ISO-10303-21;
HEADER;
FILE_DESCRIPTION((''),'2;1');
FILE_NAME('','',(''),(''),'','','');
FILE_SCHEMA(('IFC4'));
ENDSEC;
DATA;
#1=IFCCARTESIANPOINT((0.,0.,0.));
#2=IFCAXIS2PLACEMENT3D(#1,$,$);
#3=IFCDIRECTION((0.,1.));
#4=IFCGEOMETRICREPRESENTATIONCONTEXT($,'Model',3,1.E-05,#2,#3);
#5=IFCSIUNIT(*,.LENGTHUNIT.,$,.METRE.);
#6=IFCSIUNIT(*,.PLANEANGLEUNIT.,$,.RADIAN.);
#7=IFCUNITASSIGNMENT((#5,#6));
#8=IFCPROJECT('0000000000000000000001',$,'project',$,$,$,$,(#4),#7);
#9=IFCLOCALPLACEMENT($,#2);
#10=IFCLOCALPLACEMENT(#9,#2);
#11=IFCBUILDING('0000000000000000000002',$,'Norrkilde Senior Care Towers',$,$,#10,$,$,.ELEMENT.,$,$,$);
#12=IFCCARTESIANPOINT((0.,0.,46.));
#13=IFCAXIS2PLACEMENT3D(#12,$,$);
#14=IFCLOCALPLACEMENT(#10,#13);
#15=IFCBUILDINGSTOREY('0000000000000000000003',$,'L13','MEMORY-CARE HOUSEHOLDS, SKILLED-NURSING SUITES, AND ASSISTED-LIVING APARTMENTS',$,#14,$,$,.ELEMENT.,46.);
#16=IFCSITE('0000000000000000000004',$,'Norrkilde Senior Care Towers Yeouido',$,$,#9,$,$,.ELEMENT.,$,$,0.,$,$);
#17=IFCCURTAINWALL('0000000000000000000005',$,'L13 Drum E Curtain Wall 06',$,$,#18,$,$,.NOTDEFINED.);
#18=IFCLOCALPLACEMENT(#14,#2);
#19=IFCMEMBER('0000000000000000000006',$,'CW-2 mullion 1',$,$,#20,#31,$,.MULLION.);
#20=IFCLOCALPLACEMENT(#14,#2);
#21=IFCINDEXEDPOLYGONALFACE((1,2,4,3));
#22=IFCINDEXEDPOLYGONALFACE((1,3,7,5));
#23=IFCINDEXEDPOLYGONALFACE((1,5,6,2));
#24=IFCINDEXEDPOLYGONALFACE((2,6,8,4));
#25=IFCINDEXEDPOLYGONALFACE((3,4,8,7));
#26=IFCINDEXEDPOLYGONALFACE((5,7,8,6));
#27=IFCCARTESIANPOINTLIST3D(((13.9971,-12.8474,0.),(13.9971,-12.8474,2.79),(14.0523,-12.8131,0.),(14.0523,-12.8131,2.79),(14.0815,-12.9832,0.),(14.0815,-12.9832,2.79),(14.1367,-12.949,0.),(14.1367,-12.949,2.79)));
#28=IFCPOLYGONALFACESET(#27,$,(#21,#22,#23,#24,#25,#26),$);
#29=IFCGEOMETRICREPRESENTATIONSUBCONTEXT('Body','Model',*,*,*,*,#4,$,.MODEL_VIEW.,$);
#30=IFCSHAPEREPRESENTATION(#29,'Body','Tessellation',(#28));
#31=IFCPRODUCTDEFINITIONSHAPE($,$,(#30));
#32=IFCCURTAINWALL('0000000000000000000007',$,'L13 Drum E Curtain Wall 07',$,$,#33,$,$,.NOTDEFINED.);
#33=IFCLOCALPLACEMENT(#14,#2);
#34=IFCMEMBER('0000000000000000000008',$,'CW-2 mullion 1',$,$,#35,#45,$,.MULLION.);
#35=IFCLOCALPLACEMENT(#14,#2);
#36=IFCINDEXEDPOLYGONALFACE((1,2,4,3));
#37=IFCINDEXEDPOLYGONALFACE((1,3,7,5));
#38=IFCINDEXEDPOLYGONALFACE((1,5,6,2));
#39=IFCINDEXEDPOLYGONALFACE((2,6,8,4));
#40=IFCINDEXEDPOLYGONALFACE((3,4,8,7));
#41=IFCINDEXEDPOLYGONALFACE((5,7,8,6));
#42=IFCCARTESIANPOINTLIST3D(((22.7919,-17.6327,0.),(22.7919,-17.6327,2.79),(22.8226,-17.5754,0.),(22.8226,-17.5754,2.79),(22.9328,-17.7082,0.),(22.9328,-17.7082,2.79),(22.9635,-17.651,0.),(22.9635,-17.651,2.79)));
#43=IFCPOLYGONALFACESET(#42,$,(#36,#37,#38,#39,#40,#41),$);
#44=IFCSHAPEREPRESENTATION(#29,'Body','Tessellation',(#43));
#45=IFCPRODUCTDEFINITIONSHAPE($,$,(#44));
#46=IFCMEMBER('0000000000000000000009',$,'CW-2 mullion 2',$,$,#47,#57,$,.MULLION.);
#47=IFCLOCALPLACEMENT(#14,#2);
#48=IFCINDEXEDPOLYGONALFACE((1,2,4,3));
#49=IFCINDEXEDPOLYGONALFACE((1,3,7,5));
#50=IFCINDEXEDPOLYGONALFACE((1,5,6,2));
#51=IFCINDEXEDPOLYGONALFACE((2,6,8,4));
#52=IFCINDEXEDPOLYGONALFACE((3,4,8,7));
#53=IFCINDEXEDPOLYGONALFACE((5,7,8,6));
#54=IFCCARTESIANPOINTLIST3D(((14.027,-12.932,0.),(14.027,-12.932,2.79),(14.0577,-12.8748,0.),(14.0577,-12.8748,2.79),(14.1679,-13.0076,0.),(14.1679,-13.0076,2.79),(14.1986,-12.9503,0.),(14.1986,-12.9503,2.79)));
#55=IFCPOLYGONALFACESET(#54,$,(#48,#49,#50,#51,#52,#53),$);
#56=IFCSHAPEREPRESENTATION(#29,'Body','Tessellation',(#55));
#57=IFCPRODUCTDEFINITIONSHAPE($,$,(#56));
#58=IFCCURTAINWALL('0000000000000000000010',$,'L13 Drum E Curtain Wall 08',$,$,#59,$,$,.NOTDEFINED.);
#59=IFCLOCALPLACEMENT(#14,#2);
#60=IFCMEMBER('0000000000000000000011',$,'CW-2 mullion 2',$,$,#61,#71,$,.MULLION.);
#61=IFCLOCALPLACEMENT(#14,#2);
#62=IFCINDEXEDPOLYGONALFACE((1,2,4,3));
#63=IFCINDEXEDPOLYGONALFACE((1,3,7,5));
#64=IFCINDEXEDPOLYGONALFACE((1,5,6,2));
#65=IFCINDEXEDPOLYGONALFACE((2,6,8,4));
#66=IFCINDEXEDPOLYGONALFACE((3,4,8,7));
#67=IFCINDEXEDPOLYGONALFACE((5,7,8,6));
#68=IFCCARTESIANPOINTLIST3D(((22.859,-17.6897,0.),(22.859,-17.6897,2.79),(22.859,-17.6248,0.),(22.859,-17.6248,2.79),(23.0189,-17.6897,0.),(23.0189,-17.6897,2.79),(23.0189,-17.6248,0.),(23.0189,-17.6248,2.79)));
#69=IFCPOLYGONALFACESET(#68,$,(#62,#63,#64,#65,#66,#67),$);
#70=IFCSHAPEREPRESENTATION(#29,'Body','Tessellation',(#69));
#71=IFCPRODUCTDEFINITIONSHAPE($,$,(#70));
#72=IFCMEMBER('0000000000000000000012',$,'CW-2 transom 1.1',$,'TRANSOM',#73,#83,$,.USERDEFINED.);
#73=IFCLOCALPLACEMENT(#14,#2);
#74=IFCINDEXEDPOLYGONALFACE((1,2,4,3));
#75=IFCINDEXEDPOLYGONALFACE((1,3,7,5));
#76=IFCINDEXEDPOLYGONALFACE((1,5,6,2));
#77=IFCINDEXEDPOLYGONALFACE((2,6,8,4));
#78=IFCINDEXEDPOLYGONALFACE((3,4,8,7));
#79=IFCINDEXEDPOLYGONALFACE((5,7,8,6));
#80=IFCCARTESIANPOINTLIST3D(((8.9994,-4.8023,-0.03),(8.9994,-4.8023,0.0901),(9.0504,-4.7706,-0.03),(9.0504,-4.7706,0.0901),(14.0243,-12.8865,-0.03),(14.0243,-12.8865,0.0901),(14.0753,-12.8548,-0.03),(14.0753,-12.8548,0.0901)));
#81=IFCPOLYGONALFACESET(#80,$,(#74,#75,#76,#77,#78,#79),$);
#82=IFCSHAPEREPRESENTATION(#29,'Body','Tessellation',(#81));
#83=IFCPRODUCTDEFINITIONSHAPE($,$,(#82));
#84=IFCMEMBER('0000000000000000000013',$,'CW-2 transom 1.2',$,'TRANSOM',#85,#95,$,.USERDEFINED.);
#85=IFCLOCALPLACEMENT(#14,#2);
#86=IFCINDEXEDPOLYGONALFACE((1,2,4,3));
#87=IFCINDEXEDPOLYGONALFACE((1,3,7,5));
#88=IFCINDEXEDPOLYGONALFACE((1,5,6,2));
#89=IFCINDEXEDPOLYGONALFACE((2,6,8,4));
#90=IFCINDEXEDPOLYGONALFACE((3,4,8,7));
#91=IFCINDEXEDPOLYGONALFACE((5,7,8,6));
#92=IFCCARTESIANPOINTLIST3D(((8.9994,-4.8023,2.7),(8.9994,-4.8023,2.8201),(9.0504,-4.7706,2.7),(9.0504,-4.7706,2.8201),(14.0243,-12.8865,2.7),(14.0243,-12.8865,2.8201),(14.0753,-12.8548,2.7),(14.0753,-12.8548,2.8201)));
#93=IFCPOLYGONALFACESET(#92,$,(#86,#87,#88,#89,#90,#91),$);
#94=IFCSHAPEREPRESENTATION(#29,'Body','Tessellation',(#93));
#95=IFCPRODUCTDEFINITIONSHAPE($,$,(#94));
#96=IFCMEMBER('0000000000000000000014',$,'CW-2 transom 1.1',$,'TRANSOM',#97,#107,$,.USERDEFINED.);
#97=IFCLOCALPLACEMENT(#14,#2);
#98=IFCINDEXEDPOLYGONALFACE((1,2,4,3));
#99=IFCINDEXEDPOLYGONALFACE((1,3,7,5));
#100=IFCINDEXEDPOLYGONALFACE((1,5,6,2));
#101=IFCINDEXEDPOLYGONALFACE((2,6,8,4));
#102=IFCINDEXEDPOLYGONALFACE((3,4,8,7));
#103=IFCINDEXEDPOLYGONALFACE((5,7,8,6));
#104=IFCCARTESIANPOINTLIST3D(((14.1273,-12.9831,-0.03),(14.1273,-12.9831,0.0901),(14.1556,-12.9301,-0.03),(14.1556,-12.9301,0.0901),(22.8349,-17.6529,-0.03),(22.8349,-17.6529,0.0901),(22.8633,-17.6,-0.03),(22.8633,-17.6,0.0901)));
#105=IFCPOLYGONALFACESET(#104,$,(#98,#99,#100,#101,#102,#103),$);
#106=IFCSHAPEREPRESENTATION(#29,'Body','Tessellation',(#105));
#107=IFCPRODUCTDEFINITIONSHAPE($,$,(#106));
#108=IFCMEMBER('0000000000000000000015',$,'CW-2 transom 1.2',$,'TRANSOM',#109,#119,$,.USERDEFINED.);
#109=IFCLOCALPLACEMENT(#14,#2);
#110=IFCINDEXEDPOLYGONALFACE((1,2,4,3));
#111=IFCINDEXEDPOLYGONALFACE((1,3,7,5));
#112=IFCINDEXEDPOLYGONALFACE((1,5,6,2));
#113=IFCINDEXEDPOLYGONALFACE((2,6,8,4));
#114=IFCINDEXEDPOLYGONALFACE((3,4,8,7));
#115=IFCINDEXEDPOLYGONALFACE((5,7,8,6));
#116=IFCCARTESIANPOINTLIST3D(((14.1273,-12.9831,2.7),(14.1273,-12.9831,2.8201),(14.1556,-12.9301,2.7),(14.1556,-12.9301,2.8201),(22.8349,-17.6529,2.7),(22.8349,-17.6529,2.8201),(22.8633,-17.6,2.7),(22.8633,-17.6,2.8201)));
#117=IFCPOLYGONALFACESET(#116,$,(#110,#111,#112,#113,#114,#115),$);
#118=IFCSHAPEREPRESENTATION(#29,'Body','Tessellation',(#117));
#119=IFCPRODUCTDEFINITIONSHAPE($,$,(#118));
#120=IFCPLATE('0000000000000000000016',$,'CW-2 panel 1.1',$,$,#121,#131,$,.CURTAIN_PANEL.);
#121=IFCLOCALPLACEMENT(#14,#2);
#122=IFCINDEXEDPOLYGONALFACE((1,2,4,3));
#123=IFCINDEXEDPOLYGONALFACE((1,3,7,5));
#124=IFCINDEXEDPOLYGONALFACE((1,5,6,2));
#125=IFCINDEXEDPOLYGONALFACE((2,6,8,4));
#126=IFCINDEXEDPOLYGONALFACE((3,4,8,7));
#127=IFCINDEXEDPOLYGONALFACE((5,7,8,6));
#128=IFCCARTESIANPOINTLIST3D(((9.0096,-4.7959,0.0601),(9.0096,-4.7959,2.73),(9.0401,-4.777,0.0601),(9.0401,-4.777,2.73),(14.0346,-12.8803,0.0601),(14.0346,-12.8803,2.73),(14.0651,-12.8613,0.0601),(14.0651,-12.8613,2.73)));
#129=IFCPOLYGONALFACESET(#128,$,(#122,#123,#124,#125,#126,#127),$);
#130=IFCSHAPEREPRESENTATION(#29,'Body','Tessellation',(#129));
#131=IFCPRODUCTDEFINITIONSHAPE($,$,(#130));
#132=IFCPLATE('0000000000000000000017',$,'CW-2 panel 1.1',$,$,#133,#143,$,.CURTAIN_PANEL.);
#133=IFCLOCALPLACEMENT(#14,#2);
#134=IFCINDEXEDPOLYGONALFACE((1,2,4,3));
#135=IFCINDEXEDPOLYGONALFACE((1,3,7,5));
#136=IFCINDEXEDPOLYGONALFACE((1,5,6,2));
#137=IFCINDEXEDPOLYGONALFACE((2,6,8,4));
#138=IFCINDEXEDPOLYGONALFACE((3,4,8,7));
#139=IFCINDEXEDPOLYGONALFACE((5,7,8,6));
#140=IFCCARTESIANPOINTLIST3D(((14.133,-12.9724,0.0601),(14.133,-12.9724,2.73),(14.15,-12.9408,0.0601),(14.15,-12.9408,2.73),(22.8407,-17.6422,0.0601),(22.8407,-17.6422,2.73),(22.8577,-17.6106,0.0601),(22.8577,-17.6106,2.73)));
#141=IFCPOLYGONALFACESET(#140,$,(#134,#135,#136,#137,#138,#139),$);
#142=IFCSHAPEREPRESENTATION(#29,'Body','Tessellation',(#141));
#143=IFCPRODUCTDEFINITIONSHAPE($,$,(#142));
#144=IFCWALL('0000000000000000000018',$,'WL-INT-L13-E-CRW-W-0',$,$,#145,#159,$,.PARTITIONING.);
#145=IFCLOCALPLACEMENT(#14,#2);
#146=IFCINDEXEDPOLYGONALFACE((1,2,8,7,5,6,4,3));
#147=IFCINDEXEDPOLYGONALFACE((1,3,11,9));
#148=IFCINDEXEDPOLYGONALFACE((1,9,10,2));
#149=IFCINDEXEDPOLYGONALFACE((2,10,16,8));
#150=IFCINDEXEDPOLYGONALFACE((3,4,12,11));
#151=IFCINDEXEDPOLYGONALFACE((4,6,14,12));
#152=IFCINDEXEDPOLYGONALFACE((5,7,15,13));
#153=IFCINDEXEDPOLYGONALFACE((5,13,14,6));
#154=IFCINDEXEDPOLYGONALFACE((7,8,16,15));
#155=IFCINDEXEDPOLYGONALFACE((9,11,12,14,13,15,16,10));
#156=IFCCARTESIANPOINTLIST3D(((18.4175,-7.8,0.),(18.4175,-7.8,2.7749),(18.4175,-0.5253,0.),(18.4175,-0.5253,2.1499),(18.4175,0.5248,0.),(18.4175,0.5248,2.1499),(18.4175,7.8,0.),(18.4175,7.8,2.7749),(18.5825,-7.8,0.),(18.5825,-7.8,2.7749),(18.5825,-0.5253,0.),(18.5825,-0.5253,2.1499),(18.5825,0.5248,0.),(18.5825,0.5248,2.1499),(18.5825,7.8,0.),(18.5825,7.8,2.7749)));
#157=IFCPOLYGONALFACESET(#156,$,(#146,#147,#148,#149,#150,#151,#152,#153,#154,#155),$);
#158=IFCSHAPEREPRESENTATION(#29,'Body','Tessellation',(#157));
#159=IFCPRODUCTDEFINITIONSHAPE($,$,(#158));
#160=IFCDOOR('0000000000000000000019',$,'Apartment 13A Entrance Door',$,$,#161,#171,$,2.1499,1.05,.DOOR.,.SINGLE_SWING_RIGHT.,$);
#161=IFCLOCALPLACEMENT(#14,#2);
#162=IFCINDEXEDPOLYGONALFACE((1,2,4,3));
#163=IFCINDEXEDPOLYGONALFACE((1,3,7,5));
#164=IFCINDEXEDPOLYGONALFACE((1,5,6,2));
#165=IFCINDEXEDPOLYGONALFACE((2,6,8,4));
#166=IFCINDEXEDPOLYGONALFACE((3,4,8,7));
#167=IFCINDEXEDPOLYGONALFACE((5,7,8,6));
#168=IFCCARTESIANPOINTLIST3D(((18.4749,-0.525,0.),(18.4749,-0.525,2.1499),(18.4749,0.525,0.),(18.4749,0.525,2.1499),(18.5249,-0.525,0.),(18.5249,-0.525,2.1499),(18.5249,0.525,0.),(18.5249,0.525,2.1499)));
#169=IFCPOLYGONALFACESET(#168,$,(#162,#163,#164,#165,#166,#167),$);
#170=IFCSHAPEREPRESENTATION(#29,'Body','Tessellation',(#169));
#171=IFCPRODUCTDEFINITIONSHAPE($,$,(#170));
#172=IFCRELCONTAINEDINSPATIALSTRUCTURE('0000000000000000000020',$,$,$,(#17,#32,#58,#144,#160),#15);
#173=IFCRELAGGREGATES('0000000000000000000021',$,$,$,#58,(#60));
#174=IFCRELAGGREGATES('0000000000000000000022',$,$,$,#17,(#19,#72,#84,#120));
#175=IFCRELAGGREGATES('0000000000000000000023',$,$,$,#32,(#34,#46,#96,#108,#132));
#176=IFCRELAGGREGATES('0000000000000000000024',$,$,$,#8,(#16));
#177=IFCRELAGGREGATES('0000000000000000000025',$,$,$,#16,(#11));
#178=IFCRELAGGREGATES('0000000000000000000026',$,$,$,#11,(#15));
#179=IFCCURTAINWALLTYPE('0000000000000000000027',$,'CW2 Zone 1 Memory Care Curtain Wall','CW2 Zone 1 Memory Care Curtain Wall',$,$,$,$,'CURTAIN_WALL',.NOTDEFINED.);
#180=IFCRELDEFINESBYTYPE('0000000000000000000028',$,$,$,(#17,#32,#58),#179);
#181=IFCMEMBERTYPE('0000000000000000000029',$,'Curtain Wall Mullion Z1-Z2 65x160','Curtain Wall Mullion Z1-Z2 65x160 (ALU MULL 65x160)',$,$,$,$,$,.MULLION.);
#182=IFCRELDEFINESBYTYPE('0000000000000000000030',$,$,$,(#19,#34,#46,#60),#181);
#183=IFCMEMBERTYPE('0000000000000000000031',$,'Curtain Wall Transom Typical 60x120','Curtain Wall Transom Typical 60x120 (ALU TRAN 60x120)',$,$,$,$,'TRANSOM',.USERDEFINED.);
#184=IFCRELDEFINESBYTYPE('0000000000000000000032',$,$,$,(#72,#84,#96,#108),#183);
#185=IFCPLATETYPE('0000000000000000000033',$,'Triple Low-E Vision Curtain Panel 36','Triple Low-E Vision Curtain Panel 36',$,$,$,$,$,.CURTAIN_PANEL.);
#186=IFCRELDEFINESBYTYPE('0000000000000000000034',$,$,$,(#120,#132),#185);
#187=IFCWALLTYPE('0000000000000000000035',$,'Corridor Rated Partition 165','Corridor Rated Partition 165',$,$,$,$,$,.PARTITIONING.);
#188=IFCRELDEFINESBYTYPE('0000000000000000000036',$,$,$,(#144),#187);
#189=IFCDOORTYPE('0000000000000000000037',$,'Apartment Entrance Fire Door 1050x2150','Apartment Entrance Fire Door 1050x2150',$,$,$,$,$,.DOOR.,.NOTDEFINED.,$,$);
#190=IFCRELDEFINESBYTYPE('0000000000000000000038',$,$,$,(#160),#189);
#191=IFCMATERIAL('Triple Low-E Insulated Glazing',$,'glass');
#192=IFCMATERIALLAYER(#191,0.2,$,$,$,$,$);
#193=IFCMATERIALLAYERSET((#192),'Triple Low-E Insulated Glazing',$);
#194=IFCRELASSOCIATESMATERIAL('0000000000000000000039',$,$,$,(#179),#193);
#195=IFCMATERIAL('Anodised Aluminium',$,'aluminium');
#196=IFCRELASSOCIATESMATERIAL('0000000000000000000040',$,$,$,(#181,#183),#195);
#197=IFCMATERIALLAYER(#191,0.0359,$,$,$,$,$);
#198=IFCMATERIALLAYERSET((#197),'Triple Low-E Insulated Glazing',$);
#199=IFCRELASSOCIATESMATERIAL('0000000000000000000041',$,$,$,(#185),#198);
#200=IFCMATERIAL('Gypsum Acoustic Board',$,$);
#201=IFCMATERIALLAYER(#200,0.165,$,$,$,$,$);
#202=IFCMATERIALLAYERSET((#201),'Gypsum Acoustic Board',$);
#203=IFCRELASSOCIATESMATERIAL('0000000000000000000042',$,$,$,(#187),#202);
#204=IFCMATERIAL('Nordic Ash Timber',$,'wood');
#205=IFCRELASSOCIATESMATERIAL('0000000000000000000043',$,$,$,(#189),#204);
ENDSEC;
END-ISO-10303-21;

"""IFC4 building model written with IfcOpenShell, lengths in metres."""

from ifc_helpers import new_model, si_unit, direction, frame, frame_2d, origin, origin_2d, place, context, subcontext, project, spatial, rectangle, extrude, source, transform, mapped, material, layer, layer_set, material_profile, profile_set, type_object, type_shapes, element, fill, aggregate, save


model = new_model("IFC4")

# Units and contexts
model_context = context("Model", 3, precision=1e-05, world=origin(), true_north=direction((0.0, 1.0)))
body_context = subcontext(model_context, "Body", "Model", "MODEL_VIEW")
ifc_project = project(units=[si_unit("LENGTHUNIT", "METRE"), si_unit("PLANEANGLEUNIT", "RADIAN")], contexts=[model_context])

# Site, building, storey
site_placement = place(None, origin())
site = spatial("IfcSite", under=ifc_project, at=site_placement, Name="Norrkilde Senior Care Towers Yeouido", CompositionType="ELEMENT", RefElevation=0.0)
building_placement = place(site_placement, origin())
building = spatial("IfcBuilding", under=site, at=building_placement, Name="Norrkilde Senior Care Towers", CompositionType="ELEMENT")
storey_placement = place(building_placement, frame((0.0, 0.0, 46.0)))
storey = spatial("IfcBuildingStorey", under=building, at=storey_placement, Name="L13", Description="MEMORY-CARE HOUSEHOLDS, SKILLED-NURSING SUITES, AND ASSISTED-LIVING APARTMENTS", CompositionType="ELEMENT", Elevation=46.0)

# Curtain wall, member
ifc_material_1 = material(Name="Triple Low-E Insulated Glazing", Category="glass")
ifc_layer_1 = layer(ifc_material_1, 0.2)
ifc_layer_set_1 = layer_set([ifc_layer_1], Name="Triple Low-E Insulated Glazing")
curtain_wall_type = type_object("IfcCurtainWallType", Name="CW2 Zone 1 Memory Care Curtain Wall", Description="CW2 Zone 1 Memory Care Curtain Wall", ElementType="CURTAIN_WALL", PredefinedType="NOTDEFINED", material=ifc_layer_set_1)
curtain_wall_1_placement = place(storey_placement, origin())
curtain_wall_1 = element("IfcCurtainWall", 1, at=curtain_wall_1_placement, inside=storey, type_object=curtain_wall_type, Name="L13 Drum E Curtain Wall 06", PredefinedType="NOTDEFINED")
ifc_material_2 = material(Name="Anodised Aluminium", Category="aluminium")
ifc_material_profile_1 = material_profile(ifc_material_2, rectangle(XDim=0.0649, YDim=0.1599, at=origin_2d()), Name="ALU MULL 65x160")
ifc_profile_set_1 = profile_set([ifc_material_profile_1], Name="Anodised Aluminium")
member_type_1 = type_object("IfcMemberType", Name="Curtain Wall Mullion Z1-Z2 65x160", Description="Curtain Wall Mullion Z1-Z2 65x160 (ALU MULL 65x160)", PredefinedType="MULLION", material=ifc_profile_set_1)
shared_shape_1 = source(origin(), body_context, "Body", "SweptSolid", [
    extrude(rectangle(XDim=0.0649, YDim=0.1599, at=origin_2d()), origin(), (0.0, 0.0, 1.0), 2.79),
])
type_shapes(member_type_1, [shared_shape_1])
member_1_placement = place(storey_placement, frame((14.0669, -12.8982, 0.0), z_axis=(0.0, 0.0, 1.0), x_axis=(-0.849306, -0.527901, 0.0)))
member_1 = element("IfcMember", 2, at=member_1_placement, type_object=member_type_1, Name="CW-2 mullion 1", PredefinedType="MULLION", context=body_context, shape_type="MappedRepresentation", body=[
    mapped(shared_shape_1, transform((0.0, 0.0, 0.0), x_axis=(1.0, 0.0, 0.0), y_axis=(0.0, 1.0, 0.0), z_axis=(0.0, 0.0, 1.0), scale=1.0)),
])

# Curtain wall, members
curtain_wall_2_placement = place(storey_placement, origin())
curtain_wall_2 = element("IfcCurtainWall", 3, at=curtain_wall_2_placement, inside=storey, type_object=curtain_wall_type, Name="L13 Drum E Curtain Wall 07", PredefinedType="NOTDEFINED")
member_2_placement = place(storey_placement, frame((22.8777, -17.6418, 0.0), z_axis=(0.0, 0.0, 1.0), x_axis=(-0.472608, -0.881273, 0.0)))
member_2 = element("IfcMember", 4, at=member_2_placement, type_object=member_type_1, Name="CW-2 mullion 1", PredefinedType="MULLION", context=body_context, shape_type="MappedRepresentation", body=[
    mapped(shared_shape_1, transform((0.0, 0.0, 0.0), x_axis=(1.0, 0.0, 0.0), y_axis=(0.0, 1.0, 0.0), z_axis=(0.0, 0.0, 1.0), scale=1.0)),
])
member_3_placement = place(storey_placement, frame((14.1128, -12.9412, 0.0), z_axis=(0.0, 0.0, 1.0), x_axis=(-0.472608, -0.881273, 0.0)))
member_3 = element("IfcMember", 5, at=member_3_placement, type_object=member_type_1, Name="CW-2 mullion 2", PredefinedType="MULLION", context=body_context, shape_type="MappedRepresentation", body=[
    mapped(shared_shape_1, transform((0.0, 0.0, 0.0), x_axis=(1.0, 0.0, 0.0), y_axis=(0.0, 1.0, 0.0), z_axis=(0.0, 0.0, 1.0), scale=1.0)),
])

# Curtain wall, member
curtain_wall_3_placement = place(storey_placement, origin())
curtain_wall_3 = element("IfcCurtainWall", 6, at=curtain_wall_3_placement, inside=storey, type_object=curtain_wall_type, Name="L13 Drum E Curtain Wall 08", PredefinedType="NOTDEFINED")
member_4_placement = place(storey_placement, frame((22.939, -17.6572, 0.0), z_axis=(0.0, 0.0, 1.0), x_axis=(0.0, -1.0, 0.0)))
member_4 = element("IfcMember", 7, at=member_4_placement, type_object=member_type_1, Name="CW-2 mullion 2", PredefinedType="MULLION", context=body_context, shape_type="MappedRepresentation", body=[
    mapped(shared_shape_1, transform((0.0, 0.0, 0.0), x_axis=(1.0, 0.0, 0.0), y_axis=(0.0, 1.0, 0.0), z_axis=(0.0, 0.0, 1.0), scale=1.0)),
])
aggregate(curtain_wall_3, [member_4])

# Members
ifc_material_profile_2 = material_profile(ifc_material_2, rectangle(XDim=0.0601, YDim=0.1201, at=origin_2d()), Name="ALU TRAN 60x120")
ifc_profile_set_2 = profile_set([ifc_material_profile_2], Name="Anodised Aluminium")
member_type_2 = type_object("IfcMemberType", Name="Curtain Wall Transom Typical 60x120", Description="Curtain Wall Transom Typical 60x120 (ALU TRAN 60x120)", ElementType="TRANSOM", PredefinedType="USERDEFINED", material=ifc_profile_set_2)
shared_shape_2 = source(origin(), body_context, "Body", "SweptSolid", [
    extrude(rectangle(XDim=0.0601, YDim=0.1201, at=origin_2d()), origin(), (0.0, 0.0, 1.0), 9.5186),
])
member_5_placement = place(storey_placement, frame((14.0498, -12.8706, 0.03), z_axis=(-0.527902, 0.849306, 0.0), x_axis=(-0.849306, -0.527902, 0.0)))
member_5 = element("IfcMember", 8, at=member_5_placement, type_object=member_type_2, Name="CW-2 transom 1.1", ObjectType="TRANSOM", PredefinedType="USERDEFINED", context=body_context, shape_type="MappedRepresentation", body=[
    mapped(shared_shape_2, transform((0.0, 0.0, 0.0), x_axis=(1.0, 0.0, 0.0), y_axis=(0.0, 1.0, 0.0), z_axis=(0.0, 0.0, 1.0), scale=1.0)),
])
member_6_placement = place(storey_placement, frame((14.0498, -12.8706, 2.76), z_axis=(-0.527902, 0.849306, 0.0), x_axis=(-0.849306, -0.527902, 0.0)))
member_6 = element("IfcMember", 9, at=member_6_placement, type_object=member_type_2, Name="CW-2 transom 1.2", ObjectType="TRANSOM", PredefinedType="USERDEFINED", context=body_context, shape_type="MappedRepresentation", body=[
    mapped(shared_shape_2, transform((0.0, 0.0, 0.0), x_axis=(1.0, 0.0, 0.0), y_axis=(0.0, 1.0, 0.0), z_axis=(0.0, 0.0, 1.0), scale=1.0)),
])
shared_shape_3 = source(origin(), body_context, "Body", "SweptSolid", [
    extrude(rectangle(XDim=0.0601, YDim=0.1201, at=origin_2d()), origin(), (0.0, 0.0, 1.0), 9.8809),
])
type_shapes(member_type_2, [shared_shape_2, shared_shape_3])
member_7_placement = place(storey_placement, frame((22.8491, -17.6265, 0.03), z_axis=(-0.881267, 0.472618, 0.0), x_axis=(-0.472618, -0.881267, 0.0)))
member_7 = element("IfcMember", 10, at=member_7_placement, type_object=member_type_2, Name="CW-2 transom 1.1", ObjectType="TRANSOM", PredefinedType="USERDEFINED", context=body_context, shape_type="MappedRepresentation", body=[
    mapped(shared_shape_3, transform((0.0, 0.0, 0.0), x_axis=(1.0, 0.0, 0.0), y_axis=(0.0, 1.0, 0.0), z_axis=(0.0, 0.0, 1.0), scale=1.0)),
])
member_8_placement = place(storey_placement, frame((22.8491, -17.6265, 2.76), z_axis=(-0.881267, 0.472618, 0.0), x_axis=(-0.472618, -0.881267, 0.0)))
member_8 = element("IfcMember", 11, at=member_8_placement, type_object=member_type_2, Name="CW-2 transom 1.2", ObjectType="TRANSOM", PredefinedType="USERDEFINED", context=body_context, shape_type="MappedRepresentation", body=[
    mapped(shared_shape_3, transform((0.0, 0.0, 0.0), x_axis=(1.0, 0.0, 0.0), y_axis=(0.0, 1.0, 0.0), z_axis=(0.0, 0.0, 1.0), scale=1.0)),
])

# Plates
ifc_layer_2 = layer(ifc_material_1, 0.0359)
ifc_layer_set_2 = layer_set([ifc_layer_2], Name="Triple Low-E Insulated Glazing")
plate_type = type_object("IfcPlateType", Name="Triple Low-E Vision Curtain Panel 36", Description="Triple Low-E Vision Curtain Panel 36", PredefinedType="CURTAIN_PANEL", material=ifc_layer_set_2)
shared_shape_4 = source(origin(), body_context, "Body", "SweptSolid", [
    extrude(rectangle(XDim=9.5188, YDim=0.0359, at=origin_2d()), origin(), (0.0, 0.0, 1.0), 2.6699),
])
plate_1_placement = place(storey_placement, frame((11.5374, -8.8286, 0.0601), z_axis=(0.0, 0.0, 1.0), x_axis=(-0.527901, 0.849306, 0.0)))
plate_1 = element("IfcPlate", 12, at=plate_1_placement, type_object=plate_type, Name="CW-2 panel 1.1", PredefinedType="CURTAIN_PANEL", context=body_context, shape_type="MappedRepresentation", body=[
    mapped(shared_shape_4, transform((0.0, 0.0, 0.0), x_axis=(1.0, 0.0, 0.0), y_axis=(0.0, 1.0, 0.0), z_axis=(0.0, 0.0, 1.0), scale=1.0)),
])
aggregate(curtain_wall_1, [member_1, member_5, member_6, plate_1])
shared_shape_5 = source(origin(), body_context, "Body", "SweptSolid", [
    extrude(rectangle(XDim=9.8809, YDim=0.0359, at=origin_2d()), origin(), (0.0, 0.0, 1.0), 2.6699),
])
type_shapes(plate_type, [shared_shape_4, shared_shape_5])
plate_2_placement = place(storey_placement, frame((18.4954, -15.2915, 0.0601), z_axis=(0.0, 0.0, 1.0), x_axis=(-0.881273, 0.472608, 0.0)))
plate_2 = element("IfcPlate", 13, at=plate_2_placement, type_object=plate_type, Name="CW-2 panel 1.1", PredefinedType="CURTAIN_PANEL", context=body_context, shape_type="MappedRepresentation", body=[
    mapped(shared_shape_5, transform((0.0, 0.0, 0.0), x_axis=(1.0, 0.0, 0.0), y_axis=(0.0, 1.0, 0.0), z_axis=(0.0, 0.0, 1.0), scale=1.0)),
])
aggregate(curtain_wall_2, [member_2, member_3, member_7, member_8, plate_2])

# Wall, opening, door
ifc_material_3 = material(Name="Gypsum Acoustic Board")
ifc_layer_3 = layer(ifc_material_3, 0.165)
ifc_layer_set_3 = layer_set([ifc_layer_3], Name="Gypsum Acoustic Board")
wall_type_1 = type_object("IfcWallType", Name="Corridor Rated Partition 165", Description="Corridor Rated Partition 165", PredefinedType="PARTITIONING", material=ifc_layer_set_3)
shared_shape_6 = source(origin(), body_context, "Body", "SweptSolid", [
    extrude(rectangle(XDim=15.6001, YDim=0.165, at=frame_2d((7.8, 0.0))), origin(), (0.0, 0.0, 1.0), 2.7749),
])
type_shapes(wall_type_1, [shared_shape_6])
wall_1_placement = place(storey_placement, frame((18.5, -7.8, 0.0), z_axis=(0.0, 0.0, 1.0), x_axis=(0.0, 1.0, 0.0)))
wall_1 = element("IfcWall", 14, at=wall_1_placement, inside=storey, type_object=wall_type_1, Name="WL-INT-L13-E-CRW-W-0", PredefinedType="PARTITIONING", context=body_context, shape_type="MappedRepresentation", body=[
    mapped(shared_shape_6, transform((0.0, 0.0, 0.0), x_axis=(1.0, 0.0, 0.0), y_axis=(0.0, 1.0, 0.0), z_axis=(0.0, 0.0, 1.0), scale=1.0)),
])
opening_1_placement = place(wall_1_placement, frame((7.2749, 0.0, 0.0)))
opening_1 = element("IfcOpeningElement", 15, at=opening_1_placement, cuts=wall_1, PredefinedType="OPENING", context=body_context, shape_type="SweptSolid", body=[
    extrude(rectangle(XDim=1.05, YDim=2.1499, at=frame_2d((0.5249, 1.075))), frame((0.0, 0.0925, 0.0), z_axis=(0.0, -1.0, 0.0), x_axis=(1.0, 0.0, 0.0)), (0.0, 0.0, 1.0), 0.1851),
])
ifc_material_4 = material(Name="Nordic Ash Timber", Category="wood")
door_type_1 = type_object("IfcDoorType", Name="Apartment Entrance Fire Door 1050x2150", Description="Apartment Entrance Fire Door 1050x2150", OperationType="NOTDEFINED", PredefinedType="DOOR", material=ifc_material_4)
shared_shape_7 = source(origin(), body_context, "Body", "SweptSolid", [
    extrude(rectangle(XDim=1.05, YDim=2.1499, at=frame_2d((0.5249, 1.075))), frame((0.0, 0.0249, 0.0), z_axis=(0.0, -1.0, 0.0), x_axis=(1.0, 0.0, 0.0)), (0.0, 0.0, 1.0), 0.05),
])
type_shapes(door_type_1, [shared_shape_7])
door_1_placement = place(opening_1_placement, frame((1.05, 0.0, 0.0), z_axis=(0.0, 0.0, 1.0), x_axis=(-1.0, 0.0, 0.0)))
door_1 = element("IfcDoor", 16, at=door_1_placement, inside=storey, type_object=door_type_1, Name="Apartment 13A Entrance Door", OperationType="SINGLE_SWING_RIGHT", OverallHeight=2.1499, OverallWidth=1.05, PredefinedType="DOOR", context=body_context, shape_type="MappedRepresentation", body=[
    mapped(shared_shape_7, transform((0.0, 0.0, 0.0), x_axis=(1.0, 0.0, 0.0), y_axis=(0.0, 1.0, 0.0), z_axis=(0.0, 0.0, 1.0), scale=1.0)),
])
fill(opening_1, door_1)

save(model, "model.ifc")
